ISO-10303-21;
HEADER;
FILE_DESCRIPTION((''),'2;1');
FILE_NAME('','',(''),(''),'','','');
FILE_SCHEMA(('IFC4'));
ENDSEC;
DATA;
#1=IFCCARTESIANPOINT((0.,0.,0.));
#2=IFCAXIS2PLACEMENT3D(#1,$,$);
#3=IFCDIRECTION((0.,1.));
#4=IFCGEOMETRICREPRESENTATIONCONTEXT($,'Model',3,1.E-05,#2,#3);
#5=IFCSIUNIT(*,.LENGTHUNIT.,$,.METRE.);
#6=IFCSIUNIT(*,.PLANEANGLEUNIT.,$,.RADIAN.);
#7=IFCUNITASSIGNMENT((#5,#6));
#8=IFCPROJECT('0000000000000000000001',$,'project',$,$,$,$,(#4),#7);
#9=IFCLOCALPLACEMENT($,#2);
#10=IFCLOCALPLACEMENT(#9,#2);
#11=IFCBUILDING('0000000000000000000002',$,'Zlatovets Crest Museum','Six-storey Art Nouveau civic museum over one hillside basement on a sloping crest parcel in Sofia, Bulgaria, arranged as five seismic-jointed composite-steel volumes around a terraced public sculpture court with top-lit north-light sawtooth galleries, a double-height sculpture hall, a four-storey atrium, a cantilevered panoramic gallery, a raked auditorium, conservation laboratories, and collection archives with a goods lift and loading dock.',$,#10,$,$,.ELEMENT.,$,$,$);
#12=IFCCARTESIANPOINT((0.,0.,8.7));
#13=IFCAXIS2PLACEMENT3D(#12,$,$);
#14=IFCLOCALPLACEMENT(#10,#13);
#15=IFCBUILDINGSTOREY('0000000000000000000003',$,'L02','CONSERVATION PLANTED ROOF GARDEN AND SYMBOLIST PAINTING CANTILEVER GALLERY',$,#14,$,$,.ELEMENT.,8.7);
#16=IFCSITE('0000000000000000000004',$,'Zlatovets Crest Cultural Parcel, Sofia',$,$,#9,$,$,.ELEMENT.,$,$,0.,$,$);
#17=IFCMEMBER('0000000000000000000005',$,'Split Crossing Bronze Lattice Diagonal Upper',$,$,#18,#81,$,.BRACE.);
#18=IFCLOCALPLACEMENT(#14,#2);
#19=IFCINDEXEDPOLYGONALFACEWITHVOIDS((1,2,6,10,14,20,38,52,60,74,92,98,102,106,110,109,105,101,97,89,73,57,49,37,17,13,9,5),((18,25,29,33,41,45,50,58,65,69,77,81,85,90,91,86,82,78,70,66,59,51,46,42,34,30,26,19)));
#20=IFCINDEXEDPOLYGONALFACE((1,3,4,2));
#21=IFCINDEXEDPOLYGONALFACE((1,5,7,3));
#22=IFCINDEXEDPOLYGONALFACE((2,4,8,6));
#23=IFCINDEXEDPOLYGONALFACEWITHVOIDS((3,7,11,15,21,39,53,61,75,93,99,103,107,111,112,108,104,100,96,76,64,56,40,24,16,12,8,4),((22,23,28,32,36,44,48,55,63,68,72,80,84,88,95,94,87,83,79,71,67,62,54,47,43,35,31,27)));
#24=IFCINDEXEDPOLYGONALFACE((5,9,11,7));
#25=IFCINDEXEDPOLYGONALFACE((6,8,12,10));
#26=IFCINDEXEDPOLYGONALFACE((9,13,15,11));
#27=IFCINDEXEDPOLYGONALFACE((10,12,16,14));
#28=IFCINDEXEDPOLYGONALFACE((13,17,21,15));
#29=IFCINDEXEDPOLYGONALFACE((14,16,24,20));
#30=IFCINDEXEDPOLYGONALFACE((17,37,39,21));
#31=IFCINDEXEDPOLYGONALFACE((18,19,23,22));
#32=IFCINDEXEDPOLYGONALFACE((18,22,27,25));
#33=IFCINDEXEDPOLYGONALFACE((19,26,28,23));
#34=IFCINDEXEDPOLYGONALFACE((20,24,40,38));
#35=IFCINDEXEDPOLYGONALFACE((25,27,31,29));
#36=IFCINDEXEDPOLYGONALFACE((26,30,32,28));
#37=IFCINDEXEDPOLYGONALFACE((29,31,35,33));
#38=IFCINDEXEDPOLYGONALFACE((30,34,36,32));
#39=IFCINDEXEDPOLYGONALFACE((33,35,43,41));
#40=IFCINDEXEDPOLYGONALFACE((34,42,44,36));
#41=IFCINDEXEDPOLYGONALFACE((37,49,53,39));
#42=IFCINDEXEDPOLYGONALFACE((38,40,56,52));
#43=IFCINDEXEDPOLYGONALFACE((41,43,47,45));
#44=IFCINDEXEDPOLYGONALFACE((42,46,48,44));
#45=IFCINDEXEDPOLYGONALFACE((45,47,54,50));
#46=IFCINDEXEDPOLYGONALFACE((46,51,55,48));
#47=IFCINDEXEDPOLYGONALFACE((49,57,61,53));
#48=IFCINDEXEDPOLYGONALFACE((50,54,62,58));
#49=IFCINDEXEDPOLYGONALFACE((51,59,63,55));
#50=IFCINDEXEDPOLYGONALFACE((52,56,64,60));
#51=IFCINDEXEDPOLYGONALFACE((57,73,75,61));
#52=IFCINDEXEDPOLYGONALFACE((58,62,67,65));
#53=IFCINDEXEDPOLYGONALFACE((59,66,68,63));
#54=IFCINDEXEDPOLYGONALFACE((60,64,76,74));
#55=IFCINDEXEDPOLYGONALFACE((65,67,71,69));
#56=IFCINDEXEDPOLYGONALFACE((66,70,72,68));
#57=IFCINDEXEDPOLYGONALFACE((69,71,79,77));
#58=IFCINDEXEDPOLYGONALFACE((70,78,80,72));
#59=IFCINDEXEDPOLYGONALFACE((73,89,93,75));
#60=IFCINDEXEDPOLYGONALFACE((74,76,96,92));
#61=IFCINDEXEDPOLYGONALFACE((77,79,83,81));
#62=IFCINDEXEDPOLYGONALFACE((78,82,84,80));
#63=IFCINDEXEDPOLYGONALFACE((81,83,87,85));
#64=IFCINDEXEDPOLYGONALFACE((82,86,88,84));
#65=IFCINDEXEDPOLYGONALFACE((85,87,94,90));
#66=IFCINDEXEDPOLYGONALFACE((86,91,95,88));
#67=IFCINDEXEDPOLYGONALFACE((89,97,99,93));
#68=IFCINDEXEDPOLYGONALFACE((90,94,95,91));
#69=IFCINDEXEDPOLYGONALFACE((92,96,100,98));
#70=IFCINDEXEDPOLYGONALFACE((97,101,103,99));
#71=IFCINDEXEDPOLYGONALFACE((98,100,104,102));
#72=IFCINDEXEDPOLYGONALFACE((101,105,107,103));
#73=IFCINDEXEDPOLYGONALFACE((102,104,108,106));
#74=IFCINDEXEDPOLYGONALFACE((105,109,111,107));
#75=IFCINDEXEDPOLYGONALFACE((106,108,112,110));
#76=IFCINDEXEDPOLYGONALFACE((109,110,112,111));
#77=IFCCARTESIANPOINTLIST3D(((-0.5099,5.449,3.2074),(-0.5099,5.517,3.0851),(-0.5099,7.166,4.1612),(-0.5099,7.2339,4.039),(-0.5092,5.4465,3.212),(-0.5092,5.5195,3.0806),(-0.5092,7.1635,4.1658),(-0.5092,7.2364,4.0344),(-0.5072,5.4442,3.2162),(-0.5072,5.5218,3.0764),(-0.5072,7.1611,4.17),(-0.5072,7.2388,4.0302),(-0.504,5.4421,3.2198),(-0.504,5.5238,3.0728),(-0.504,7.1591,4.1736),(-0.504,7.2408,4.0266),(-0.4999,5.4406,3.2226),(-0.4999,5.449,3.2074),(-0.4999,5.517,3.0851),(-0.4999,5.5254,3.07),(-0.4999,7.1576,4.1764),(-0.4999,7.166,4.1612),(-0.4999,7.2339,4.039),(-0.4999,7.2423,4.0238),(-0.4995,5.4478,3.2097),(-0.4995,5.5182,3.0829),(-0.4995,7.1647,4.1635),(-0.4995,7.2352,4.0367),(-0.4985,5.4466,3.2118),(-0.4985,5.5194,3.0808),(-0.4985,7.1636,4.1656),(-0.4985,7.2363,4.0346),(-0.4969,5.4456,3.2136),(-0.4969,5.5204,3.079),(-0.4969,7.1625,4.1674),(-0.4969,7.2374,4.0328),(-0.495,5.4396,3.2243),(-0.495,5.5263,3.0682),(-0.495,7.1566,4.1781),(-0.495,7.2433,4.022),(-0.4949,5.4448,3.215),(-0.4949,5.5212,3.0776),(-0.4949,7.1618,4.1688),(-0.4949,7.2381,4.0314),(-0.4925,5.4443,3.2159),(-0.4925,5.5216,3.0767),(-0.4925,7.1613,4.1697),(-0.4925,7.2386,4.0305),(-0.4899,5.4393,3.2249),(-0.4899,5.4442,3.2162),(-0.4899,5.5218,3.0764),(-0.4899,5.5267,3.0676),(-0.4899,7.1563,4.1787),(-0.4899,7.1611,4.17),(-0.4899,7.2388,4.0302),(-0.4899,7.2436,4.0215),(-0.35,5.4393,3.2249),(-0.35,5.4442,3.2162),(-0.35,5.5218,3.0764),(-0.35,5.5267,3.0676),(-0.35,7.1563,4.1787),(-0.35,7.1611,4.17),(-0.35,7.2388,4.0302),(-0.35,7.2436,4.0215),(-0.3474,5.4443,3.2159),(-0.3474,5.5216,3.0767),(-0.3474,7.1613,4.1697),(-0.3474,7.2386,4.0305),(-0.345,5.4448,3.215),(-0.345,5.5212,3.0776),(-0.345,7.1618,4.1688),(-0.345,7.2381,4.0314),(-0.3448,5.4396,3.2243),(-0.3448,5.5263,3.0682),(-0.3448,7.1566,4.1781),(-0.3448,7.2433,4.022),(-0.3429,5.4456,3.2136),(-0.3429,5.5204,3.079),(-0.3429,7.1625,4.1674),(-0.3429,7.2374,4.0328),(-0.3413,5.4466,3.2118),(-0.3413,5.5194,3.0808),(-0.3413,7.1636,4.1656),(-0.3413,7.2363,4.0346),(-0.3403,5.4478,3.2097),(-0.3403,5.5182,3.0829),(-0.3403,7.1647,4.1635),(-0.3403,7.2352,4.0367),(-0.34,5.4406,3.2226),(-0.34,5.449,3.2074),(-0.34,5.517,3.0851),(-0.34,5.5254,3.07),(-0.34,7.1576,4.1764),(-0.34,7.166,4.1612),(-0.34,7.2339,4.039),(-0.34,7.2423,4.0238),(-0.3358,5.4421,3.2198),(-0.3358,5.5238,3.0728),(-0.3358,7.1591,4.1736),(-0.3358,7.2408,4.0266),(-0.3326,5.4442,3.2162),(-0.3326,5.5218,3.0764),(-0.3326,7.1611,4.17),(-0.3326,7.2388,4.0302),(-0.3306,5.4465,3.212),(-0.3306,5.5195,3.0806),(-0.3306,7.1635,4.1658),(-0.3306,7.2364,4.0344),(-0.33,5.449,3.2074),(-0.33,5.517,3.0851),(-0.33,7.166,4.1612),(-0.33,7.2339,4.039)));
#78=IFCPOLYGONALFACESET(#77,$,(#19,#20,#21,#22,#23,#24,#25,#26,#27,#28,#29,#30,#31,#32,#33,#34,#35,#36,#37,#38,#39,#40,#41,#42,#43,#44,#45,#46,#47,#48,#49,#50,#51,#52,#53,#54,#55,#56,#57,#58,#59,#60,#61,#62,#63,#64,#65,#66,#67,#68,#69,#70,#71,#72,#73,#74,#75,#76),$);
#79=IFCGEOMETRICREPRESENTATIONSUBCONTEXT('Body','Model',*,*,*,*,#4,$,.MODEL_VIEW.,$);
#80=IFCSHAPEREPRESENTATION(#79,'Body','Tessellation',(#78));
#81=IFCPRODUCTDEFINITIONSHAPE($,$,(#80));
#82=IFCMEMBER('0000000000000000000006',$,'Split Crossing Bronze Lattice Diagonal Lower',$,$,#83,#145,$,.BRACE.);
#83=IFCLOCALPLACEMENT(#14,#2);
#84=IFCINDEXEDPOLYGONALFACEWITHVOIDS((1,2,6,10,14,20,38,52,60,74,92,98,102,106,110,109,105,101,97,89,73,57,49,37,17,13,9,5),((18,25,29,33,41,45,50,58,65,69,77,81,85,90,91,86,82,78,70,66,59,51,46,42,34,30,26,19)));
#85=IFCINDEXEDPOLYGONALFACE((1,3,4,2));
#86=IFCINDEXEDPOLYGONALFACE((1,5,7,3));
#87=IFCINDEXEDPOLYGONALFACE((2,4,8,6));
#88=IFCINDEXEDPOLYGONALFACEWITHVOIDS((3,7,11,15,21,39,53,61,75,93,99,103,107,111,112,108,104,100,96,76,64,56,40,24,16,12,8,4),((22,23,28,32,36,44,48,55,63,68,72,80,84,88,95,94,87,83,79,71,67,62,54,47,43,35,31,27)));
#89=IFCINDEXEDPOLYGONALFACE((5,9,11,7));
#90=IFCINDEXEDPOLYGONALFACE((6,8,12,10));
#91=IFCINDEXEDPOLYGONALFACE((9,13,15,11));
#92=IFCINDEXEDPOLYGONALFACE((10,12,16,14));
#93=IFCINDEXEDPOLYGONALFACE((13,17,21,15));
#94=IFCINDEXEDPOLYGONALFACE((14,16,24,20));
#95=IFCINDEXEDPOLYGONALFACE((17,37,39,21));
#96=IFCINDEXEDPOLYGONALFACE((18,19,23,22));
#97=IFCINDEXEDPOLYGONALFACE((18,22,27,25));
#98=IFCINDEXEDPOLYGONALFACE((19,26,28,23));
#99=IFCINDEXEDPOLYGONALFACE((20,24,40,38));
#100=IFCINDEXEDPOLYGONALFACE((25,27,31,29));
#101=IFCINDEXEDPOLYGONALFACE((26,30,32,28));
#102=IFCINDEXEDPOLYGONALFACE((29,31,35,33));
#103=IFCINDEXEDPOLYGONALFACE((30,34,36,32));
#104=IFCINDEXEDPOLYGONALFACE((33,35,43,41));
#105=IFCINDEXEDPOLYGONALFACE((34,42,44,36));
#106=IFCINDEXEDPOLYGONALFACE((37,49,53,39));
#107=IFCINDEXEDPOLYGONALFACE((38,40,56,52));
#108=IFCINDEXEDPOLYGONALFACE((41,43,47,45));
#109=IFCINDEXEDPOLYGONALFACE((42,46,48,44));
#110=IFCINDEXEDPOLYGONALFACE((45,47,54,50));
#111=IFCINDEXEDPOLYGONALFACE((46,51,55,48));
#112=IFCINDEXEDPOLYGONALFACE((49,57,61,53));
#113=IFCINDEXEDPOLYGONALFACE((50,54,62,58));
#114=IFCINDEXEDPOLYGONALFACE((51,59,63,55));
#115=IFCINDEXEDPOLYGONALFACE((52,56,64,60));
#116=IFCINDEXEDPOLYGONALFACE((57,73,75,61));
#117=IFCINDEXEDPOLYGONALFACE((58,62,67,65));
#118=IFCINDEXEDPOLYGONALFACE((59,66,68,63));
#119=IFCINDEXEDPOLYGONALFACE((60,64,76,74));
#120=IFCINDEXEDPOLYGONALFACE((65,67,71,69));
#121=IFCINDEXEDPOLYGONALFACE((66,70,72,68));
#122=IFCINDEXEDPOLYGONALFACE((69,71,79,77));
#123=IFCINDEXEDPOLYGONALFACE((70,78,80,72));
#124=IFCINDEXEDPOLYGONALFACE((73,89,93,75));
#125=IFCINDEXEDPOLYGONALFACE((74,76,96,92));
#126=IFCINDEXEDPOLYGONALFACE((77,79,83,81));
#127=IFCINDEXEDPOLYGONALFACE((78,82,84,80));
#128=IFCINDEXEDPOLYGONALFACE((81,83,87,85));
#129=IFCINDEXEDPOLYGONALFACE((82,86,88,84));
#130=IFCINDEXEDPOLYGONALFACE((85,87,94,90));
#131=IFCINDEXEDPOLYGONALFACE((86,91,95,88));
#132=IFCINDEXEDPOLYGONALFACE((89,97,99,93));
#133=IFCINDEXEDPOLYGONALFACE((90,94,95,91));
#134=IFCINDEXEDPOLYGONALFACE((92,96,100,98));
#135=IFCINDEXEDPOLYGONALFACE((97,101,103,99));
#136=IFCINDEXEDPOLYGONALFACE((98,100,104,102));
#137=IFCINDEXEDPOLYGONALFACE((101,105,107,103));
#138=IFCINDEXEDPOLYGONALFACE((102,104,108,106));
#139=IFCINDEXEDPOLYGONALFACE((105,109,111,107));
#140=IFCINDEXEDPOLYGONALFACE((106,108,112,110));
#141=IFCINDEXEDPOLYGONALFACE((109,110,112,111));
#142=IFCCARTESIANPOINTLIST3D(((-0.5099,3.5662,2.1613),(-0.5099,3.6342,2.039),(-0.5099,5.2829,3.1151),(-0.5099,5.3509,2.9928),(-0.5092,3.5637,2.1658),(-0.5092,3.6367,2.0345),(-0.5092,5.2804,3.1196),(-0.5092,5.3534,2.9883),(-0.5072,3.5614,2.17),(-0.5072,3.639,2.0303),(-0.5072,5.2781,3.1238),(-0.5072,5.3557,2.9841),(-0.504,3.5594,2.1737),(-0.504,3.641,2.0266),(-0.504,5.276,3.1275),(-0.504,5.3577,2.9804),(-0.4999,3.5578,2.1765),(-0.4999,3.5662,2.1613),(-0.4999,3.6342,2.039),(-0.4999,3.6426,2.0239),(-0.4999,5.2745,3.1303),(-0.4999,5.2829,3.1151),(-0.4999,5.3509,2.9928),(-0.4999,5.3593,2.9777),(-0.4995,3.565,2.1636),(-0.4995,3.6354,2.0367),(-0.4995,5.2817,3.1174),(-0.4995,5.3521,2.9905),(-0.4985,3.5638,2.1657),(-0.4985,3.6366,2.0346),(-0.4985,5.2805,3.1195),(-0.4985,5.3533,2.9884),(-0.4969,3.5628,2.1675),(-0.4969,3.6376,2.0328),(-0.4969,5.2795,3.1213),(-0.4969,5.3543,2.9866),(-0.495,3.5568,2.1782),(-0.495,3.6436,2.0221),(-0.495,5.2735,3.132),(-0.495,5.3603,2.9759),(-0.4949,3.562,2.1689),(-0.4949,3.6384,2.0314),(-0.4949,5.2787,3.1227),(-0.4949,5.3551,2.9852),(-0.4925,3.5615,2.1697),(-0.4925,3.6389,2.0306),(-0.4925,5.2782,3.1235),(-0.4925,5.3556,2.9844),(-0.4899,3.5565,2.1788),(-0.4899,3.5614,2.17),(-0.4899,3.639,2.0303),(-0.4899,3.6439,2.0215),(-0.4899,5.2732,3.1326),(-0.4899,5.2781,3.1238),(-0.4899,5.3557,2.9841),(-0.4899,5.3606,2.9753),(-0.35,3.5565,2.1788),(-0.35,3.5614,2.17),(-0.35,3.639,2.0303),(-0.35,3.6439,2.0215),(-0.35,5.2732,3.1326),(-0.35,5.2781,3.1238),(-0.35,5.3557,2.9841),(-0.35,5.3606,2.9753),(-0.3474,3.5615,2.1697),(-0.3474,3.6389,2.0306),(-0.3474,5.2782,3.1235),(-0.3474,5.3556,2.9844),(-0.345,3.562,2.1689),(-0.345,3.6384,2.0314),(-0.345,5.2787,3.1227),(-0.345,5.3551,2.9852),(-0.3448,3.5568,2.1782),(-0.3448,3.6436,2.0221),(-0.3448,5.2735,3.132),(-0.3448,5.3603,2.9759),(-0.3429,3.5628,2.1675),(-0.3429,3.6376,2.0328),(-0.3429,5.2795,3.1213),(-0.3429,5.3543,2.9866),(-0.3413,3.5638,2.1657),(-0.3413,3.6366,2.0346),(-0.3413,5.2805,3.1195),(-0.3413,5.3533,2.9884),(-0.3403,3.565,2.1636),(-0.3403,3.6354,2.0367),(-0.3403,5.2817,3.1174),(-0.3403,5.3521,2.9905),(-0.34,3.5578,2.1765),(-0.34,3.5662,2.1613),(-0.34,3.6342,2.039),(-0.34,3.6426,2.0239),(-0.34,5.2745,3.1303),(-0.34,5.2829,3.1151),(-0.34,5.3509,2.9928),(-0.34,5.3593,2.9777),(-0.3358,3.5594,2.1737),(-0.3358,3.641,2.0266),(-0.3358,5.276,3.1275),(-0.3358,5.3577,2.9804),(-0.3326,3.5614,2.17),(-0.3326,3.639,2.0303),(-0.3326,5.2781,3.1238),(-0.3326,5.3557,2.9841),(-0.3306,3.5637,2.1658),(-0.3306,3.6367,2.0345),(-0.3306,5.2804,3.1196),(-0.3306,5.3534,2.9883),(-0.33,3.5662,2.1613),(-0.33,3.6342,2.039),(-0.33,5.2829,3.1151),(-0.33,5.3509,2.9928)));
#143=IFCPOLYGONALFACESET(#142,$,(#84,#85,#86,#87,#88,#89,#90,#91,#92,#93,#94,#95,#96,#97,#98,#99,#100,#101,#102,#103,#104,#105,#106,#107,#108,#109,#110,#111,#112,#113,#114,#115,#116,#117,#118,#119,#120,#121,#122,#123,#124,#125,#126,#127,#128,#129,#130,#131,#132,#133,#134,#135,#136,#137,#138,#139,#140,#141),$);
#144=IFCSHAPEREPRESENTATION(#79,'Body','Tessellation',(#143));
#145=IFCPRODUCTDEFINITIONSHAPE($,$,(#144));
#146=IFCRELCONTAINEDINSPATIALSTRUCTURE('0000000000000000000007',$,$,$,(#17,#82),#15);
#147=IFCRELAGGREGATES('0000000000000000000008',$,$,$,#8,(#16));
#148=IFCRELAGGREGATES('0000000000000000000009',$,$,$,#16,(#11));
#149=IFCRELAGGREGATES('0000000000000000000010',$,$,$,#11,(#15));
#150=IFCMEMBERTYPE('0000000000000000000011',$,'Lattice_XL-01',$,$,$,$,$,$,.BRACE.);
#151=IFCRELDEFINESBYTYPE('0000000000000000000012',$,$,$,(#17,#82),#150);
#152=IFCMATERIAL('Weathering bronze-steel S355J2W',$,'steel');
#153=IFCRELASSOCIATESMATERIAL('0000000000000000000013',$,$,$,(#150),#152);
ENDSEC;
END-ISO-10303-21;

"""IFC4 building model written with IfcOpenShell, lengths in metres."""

from ifc_helpers import new_model, si_unit, direction, frame, origin, origin_2d, place, context, subcontext, project, spatial, hollow_rectangle, extrude, material, material_profile, profile_set, type_object, element, save


model = new_model("IFC4")

# Units and contexts
model_context = context("Model", 3, precision=1e-05, world=origin(), true_north=direction((0.0, 1.0)))
body_context = subcontext(model_context, "Body", "Model", "MODEL_VIEW")
ifc_project = project(units=[si_unit("LENGTHUNIT", "METRE"), si_unit("PLANEANGLEUNIT", "RADIAN")], contexts=[model_context])

# Site, building, storey
site_placement = place(None, origin())
site = spatial("IfcSite", under=ifc_project, at=site_placement, Name="Zlatovets Crest Cultural Parcel, Sofia", CompositionType="ELEMENT", RefElevation=0.0)
building_placement = place(site_placement, origin())
building = spatial("IfcBuilding", under=site, at=building_placement, Name="Zlatovets Crest Museum", Description="Six-storey Art Nouveau civic museum over one hillside basement on a sloping crest parcel in Sofia, Bulgaria, arranged as five seismic-jointed composite-steel volumes around a terraced public sculpture court with top-lit north-light sawtooth galleries, a double-height sculpture hall, a four-storey atrium, a cantilevered panoramic gallery, a raked auditorium, conservation laboratories, and collection archives with a goods lift and loading dock.", CompositionType="ELEMENT")
storey_placement = place(building_placement, frame((0.0, 0.0, 8.7)))
storey = spatial("IfcBuildingStorey", under=building, at=storey_placement, Name="L02", Description="CONSERVATION PLANTED ROOF GARDEN AND SYMBOLIST PAINTING CANTILEVER GALLERY", CompositionType="ELEMENT", Elevation=8.7)

# Members
ifc_material_1 = material(Name="Weathering bronze-steel S355J2W", Category="steel")
ifc_material_profile_1 = material_profile(ifc_material_1, hollow_rectangle(XDim=0.1799, YDim=0.1799, WallThickness=0.01, InnerFilletRadius=0.01, OuterFilletRadius=0.02, at=origin_2d()), Name="SHS 180x180x10.0")
ifc_profile_set_1 = profile_set([ifc_material_profile_1], Name="Weathering bronze-steel S355J2W")
member_type_1 = type_object("IfcMemberType", Name="Lattice_XL-01", PredefinedType="BRACE", material=ifc_profile_set_1)
member_1_placement = place(storey_placement, frame((-0.4199, 7.2, 4.1001), z_axis=(0.0, -0.874169, -0.485622), x_axis=(1.0, 0.0, 0.0)))
element("IfcMember", 1, at=member_1_placement, inside=storey, type_object=member_type_1, Name="Split Crossing Bronze Lattice Diagonal Upper", PredefinedType="BRACE", context=body_context, shape_type="SweptSolid", body=[
    extrude(hollow_rectangle(XDim=0.1799, YDim=0.1799, WallThickness=0.01, InnerFilletRadius=0.01, OuterFilletRadius=0.02, at=origin_2d()), origin(), (0.0, 0.0, 1.0), 1.9641),
])
member_2_placement = place(storey_placement, frame((-0.4199, 5.3169, 3.054), z_axis=(0.0, -0.87414, -0.485675), x_axis=(1.0, 0.0, 0.0)))
element("IfcMember", 2, at=member_2_placement, inside=storey, type_object=member_type_1, Name="Split Crossing Bronze Lattice Diagonal Lower", PredefinedType="BRACE", context=body_context, shape_type="SweptSolid", body=[
    extrude(hollow_rectangle(XDim=0.1799, YDim=0.1799, WallThickness=0.01, InnerFilletRadius=0.01, OuterFilletRadius=0.02, at=origin_2d()), origin(), (0.0, 0.0, 1.0), 1.9639),
])

save(model, "model.ifc")
